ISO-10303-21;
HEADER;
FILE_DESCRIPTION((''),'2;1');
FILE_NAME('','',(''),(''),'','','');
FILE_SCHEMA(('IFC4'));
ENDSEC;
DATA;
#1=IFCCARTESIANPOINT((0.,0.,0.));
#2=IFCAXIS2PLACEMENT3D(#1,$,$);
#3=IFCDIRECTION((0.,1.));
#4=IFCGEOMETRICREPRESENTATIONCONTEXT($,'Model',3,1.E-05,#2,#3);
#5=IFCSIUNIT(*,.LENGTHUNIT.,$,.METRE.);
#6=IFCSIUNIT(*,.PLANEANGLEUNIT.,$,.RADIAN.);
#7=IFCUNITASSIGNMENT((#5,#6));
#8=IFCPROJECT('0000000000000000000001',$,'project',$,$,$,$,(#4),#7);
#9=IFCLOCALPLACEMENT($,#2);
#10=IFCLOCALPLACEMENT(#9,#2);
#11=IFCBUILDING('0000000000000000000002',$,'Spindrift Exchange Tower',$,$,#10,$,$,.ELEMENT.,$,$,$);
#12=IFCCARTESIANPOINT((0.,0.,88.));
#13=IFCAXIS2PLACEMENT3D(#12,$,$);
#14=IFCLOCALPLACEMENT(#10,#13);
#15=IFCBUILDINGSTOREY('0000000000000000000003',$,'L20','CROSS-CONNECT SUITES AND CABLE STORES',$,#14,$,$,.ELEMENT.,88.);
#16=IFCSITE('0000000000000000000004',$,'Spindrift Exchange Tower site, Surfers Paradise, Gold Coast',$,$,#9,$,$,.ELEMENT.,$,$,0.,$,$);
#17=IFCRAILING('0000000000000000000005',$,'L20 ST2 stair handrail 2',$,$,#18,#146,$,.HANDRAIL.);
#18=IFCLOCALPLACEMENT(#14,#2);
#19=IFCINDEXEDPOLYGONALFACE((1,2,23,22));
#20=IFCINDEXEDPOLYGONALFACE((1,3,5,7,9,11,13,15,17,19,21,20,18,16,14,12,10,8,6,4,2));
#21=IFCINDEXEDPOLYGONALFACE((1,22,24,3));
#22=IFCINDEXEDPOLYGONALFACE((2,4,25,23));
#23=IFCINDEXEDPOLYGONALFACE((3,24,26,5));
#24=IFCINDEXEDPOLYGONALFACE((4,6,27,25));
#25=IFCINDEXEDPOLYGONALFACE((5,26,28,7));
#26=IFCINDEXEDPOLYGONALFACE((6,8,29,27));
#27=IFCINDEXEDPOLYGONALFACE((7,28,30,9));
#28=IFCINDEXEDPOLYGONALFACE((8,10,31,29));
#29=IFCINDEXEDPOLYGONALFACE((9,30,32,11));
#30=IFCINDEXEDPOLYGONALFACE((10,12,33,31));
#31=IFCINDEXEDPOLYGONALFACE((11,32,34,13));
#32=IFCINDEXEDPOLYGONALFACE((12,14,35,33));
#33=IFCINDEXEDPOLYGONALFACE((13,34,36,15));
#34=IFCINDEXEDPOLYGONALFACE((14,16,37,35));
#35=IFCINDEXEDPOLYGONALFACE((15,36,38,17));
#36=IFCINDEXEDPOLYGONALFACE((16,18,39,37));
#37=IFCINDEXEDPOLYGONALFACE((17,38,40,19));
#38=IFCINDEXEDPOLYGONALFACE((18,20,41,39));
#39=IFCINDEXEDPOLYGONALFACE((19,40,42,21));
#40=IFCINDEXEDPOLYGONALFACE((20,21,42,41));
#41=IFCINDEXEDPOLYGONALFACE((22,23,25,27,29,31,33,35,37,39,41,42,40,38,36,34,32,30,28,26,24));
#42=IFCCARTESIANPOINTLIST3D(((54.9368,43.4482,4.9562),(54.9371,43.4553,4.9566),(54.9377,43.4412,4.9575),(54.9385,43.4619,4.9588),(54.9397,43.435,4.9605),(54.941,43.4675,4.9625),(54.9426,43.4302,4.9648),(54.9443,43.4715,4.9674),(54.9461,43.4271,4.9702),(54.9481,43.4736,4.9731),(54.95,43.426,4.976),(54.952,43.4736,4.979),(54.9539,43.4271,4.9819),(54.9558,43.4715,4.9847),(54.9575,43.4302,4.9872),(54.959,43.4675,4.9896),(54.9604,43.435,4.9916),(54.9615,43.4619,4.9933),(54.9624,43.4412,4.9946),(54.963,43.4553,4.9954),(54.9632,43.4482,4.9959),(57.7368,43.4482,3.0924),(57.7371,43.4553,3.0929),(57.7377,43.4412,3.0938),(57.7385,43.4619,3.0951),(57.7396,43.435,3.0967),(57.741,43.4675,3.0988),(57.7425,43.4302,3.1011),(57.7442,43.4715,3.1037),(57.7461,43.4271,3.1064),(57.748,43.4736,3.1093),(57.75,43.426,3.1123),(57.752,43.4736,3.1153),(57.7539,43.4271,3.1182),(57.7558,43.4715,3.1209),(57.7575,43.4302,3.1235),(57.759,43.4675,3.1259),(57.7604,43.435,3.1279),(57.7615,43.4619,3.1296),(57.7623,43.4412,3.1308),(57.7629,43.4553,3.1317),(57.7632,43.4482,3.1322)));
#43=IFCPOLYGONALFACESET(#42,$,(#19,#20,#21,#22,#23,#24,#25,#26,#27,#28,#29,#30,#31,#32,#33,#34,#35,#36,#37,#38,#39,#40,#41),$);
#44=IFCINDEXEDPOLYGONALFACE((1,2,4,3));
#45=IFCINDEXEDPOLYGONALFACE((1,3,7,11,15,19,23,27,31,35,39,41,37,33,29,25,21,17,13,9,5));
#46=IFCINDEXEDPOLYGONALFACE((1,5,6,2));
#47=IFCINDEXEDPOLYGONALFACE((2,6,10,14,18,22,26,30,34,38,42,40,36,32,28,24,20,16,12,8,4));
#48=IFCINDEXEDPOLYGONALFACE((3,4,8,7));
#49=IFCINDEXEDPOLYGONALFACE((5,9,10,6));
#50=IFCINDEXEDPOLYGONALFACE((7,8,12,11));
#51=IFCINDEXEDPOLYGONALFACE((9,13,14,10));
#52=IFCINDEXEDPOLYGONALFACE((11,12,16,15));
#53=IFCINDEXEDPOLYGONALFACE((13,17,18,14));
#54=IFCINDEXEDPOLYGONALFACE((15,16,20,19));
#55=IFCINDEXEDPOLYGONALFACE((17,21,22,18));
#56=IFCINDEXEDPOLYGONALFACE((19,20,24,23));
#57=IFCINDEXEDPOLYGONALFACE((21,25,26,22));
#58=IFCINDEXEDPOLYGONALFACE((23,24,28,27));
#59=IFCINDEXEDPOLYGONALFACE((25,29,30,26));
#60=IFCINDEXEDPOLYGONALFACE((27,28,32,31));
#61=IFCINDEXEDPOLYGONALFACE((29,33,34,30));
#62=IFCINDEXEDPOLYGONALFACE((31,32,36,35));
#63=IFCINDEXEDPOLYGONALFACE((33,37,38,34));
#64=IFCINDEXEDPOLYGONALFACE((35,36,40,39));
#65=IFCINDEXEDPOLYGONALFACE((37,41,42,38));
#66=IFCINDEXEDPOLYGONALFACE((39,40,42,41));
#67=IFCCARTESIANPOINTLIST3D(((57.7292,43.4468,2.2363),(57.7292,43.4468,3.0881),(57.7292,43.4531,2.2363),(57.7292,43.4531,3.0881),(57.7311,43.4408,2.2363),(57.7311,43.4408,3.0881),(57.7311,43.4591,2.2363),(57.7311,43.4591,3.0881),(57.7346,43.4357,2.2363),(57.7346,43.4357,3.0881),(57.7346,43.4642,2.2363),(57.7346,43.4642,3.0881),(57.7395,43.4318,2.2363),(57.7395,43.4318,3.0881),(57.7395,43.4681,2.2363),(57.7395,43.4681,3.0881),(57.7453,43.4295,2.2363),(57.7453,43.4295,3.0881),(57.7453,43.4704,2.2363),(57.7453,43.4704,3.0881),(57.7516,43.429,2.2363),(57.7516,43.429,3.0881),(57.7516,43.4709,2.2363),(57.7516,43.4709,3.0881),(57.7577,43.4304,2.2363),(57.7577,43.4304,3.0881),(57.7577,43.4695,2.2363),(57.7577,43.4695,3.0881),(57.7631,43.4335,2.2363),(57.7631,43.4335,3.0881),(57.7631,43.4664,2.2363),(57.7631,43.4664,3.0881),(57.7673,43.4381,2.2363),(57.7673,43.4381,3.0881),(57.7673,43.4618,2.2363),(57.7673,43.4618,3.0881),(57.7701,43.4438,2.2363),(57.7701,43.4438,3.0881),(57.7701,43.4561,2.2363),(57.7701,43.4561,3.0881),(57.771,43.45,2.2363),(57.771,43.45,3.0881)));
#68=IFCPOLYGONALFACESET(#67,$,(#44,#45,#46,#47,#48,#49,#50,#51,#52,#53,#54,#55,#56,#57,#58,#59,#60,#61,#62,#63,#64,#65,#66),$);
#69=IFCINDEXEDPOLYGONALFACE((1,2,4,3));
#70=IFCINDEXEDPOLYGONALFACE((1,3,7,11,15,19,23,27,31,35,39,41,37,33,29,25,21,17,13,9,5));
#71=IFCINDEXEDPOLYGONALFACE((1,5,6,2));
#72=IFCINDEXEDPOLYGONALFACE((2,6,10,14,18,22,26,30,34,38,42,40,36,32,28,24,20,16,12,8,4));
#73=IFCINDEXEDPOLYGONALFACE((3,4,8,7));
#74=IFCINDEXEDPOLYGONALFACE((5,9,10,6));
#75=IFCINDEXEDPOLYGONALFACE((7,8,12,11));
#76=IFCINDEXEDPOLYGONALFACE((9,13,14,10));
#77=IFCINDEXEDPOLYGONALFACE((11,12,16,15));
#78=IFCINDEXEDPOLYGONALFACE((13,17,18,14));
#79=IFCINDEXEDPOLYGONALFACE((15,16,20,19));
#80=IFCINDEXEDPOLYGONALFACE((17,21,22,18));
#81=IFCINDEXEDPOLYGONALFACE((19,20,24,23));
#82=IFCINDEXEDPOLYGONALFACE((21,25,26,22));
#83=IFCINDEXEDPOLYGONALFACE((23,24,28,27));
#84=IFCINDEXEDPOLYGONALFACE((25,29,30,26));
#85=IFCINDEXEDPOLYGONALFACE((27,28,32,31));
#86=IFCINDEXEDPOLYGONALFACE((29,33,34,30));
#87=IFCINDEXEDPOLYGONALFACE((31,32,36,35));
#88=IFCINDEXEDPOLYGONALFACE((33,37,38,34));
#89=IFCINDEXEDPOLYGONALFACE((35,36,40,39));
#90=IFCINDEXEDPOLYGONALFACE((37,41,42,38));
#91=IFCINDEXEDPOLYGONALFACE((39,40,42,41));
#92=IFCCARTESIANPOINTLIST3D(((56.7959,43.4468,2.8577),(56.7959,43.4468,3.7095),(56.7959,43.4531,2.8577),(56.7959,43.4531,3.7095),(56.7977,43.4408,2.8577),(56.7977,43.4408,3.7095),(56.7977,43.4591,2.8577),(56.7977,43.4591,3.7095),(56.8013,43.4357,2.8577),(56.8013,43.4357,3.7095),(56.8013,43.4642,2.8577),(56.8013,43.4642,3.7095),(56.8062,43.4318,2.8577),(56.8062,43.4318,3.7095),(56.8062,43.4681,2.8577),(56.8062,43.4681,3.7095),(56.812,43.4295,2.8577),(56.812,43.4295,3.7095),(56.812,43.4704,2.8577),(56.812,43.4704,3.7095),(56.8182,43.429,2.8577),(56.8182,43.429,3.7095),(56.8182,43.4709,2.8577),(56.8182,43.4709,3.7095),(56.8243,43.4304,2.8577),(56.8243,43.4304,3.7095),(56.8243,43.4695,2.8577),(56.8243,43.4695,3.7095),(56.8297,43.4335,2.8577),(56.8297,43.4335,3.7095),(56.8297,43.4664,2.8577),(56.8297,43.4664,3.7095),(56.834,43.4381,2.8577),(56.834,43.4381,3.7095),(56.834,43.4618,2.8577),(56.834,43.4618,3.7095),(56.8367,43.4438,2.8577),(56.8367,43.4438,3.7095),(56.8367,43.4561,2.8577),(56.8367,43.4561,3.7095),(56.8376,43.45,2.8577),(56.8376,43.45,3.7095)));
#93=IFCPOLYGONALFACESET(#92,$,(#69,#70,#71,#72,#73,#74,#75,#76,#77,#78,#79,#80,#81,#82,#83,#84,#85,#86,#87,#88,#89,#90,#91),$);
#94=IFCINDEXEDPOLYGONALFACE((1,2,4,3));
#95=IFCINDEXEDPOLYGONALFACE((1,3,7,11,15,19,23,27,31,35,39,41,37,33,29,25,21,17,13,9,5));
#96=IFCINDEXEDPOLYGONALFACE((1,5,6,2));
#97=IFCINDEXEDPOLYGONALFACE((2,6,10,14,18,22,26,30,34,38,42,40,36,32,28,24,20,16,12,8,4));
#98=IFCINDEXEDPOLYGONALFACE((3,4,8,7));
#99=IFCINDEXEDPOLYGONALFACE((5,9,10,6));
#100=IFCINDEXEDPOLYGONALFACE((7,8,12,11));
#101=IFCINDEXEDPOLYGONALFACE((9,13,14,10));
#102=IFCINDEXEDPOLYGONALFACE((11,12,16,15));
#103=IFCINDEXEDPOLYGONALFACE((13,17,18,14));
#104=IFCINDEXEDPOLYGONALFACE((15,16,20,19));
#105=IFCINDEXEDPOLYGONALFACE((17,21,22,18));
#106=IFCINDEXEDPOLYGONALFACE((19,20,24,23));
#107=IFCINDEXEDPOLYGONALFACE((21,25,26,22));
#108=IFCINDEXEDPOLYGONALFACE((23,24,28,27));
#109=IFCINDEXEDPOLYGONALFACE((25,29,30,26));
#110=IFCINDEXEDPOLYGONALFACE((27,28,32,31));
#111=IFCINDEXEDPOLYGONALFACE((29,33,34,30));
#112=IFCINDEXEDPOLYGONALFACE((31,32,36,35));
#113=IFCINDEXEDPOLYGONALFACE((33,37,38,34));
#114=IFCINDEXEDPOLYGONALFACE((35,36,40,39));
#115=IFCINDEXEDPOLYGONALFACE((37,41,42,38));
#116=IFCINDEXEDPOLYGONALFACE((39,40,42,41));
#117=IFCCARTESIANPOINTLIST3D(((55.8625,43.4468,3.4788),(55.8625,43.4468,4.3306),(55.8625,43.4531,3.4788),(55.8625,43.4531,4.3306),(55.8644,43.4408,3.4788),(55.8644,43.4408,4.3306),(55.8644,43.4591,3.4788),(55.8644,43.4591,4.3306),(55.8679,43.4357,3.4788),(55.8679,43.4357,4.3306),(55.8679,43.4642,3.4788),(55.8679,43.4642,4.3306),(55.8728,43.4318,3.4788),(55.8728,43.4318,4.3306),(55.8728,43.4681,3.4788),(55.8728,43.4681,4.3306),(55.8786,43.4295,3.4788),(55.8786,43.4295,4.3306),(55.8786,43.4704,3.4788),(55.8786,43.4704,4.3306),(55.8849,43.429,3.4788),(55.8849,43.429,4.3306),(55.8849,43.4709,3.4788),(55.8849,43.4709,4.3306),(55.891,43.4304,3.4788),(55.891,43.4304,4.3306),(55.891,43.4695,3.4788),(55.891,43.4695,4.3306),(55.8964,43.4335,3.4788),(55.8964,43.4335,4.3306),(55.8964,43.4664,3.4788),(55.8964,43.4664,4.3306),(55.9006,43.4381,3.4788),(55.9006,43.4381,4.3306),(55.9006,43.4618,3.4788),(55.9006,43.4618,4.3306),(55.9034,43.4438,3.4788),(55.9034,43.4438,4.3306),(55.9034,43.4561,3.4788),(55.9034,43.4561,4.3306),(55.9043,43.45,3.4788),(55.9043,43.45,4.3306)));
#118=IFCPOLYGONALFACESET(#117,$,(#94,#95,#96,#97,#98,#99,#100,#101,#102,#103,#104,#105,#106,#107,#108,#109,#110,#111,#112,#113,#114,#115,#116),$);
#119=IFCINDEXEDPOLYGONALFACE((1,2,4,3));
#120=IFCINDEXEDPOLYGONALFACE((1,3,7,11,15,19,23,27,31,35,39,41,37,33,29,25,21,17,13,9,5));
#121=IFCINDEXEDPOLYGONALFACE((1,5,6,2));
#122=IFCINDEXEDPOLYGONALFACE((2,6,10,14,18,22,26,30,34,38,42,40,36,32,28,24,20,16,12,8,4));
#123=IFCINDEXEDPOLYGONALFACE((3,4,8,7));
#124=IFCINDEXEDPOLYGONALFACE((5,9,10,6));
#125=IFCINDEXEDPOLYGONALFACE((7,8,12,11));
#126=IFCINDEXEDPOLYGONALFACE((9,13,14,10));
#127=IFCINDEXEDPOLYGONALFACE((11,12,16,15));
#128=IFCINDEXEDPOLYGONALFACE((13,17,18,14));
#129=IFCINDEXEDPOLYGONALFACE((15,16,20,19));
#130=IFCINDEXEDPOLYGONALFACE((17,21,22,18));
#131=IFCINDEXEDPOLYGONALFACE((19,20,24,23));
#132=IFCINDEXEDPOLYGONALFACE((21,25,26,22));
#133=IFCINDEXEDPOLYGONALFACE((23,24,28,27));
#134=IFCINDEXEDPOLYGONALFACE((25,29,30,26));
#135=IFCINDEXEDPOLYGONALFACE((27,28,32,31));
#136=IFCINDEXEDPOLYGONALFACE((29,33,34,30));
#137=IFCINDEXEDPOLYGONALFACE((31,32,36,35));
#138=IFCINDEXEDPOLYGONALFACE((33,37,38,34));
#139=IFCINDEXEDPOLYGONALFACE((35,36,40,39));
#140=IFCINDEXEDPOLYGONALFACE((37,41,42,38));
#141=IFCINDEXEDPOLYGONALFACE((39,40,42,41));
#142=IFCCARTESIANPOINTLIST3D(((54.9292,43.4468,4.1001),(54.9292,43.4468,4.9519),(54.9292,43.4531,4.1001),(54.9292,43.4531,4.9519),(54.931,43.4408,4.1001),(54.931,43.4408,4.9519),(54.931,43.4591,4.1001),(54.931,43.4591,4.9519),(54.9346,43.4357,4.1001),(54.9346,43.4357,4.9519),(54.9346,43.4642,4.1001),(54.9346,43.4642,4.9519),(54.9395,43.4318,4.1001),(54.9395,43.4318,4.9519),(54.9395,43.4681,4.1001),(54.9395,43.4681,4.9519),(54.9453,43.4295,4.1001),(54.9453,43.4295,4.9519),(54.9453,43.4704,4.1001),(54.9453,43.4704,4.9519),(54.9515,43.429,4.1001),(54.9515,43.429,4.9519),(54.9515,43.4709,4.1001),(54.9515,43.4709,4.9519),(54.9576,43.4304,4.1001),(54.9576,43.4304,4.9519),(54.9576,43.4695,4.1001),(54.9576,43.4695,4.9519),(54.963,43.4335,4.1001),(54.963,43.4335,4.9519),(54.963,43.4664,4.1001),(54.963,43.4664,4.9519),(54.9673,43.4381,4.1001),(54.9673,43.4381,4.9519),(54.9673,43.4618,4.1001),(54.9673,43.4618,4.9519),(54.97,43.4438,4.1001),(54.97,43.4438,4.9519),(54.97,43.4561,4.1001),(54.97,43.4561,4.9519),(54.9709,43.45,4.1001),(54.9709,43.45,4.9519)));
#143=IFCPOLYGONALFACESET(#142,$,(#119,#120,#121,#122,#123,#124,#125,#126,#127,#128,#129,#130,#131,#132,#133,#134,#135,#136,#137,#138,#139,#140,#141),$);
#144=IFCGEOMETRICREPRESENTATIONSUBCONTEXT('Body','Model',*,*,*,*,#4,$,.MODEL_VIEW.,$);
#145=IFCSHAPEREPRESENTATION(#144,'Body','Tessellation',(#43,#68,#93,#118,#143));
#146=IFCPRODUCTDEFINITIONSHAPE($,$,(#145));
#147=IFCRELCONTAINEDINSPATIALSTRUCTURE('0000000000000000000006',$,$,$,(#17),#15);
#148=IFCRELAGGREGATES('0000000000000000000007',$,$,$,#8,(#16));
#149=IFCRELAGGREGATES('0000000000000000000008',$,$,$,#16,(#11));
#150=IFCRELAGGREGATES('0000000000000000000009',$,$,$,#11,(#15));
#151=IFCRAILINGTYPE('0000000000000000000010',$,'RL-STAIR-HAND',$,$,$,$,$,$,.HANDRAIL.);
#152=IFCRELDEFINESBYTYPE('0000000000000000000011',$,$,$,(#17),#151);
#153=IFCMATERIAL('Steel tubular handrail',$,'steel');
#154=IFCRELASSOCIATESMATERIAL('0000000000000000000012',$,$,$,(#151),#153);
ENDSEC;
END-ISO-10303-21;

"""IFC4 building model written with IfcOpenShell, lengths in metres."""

from ifc_helpers import new_model, si_unit, direction, frame, origin, origin_2d, place, context, subcontext, project, spatial, circle, extrude, material, type_object, element, save


model = new_model("IFC4")

# Units and contexts
model_context = context("Model", 3, precision=1e-05, world=origin(), true_north=direction((0.0, 1.0)))
body_context = subcontext(model_context, "Body", "Model", "MODEL_VIEW")
ifc_project = project(units=[si_unit("LENGTHUNIT", "METRE"), si_unit("PLANEANGLEUNIT", "RADIAN")], contexts=[model_context])

# Site, building, storey
site_placement = place(None, origin())
site = spatial("IfcSite", under=ifc_project, at=site_placement, Name="Spindrift Exchange Tower site, Surfers Paradise, Gold Coast", CompositionType="ELEMENT", RefElevation=0.0)
building_placement = place(site_placement, origin())
building = spatial("IfcBuilding", under=site, at=building_placement, Name="Spindrift Exchange Tower", CompositionType="ELEMENT")
storey_placement = place(building_placement, frame((0.0, 0.0, 88.0)))
storey = spatial("IfcBuildingStorey", under=building, at=storey_placement, Name="L20", Description="CROSS-CONNECT SUITES AND CABLE STORES", CompositionType="ELEMENT", Elevation=88.0)

# Railing
ifc_material_1 = material(Name="Steel tubular handrail", Category="steel")
railing_type_1 = type_object("IfcRailingType", Name="RL-STAIR-HAND", PredefinedType="HANDRAIL", material=ifc_material_1)
railing_1_placement = place(storey_placement, frame((57.75, 43.45, 2.2363)))
element("IfcRailing", 1, at=railing_1_placement, inside=storey, type_object=railing_type_1, Name="L20 ST2 stair handrail 2", PredefinedType="HANDRAIL", context=body_context, shape_type="SweptSolid", body=[
    extrude(circle(Radius=0.0239, at=origin_2d()), frame((0.0, 0.0, 0.876), z_axis=(-0.832452, 0.0, 0.554097), x_axis=(0.0, -1.0, 0.0)), (0.0, 0.0, 1.0), 3.3635),
    extrude(circle(Radius=0.021, at=origin_2d()), origin(), (0.0, 0.0, 1.0), 0.8518),
    extrude(circle(Radius=0.021, at=origin_2d()), frame((-0.9333, 0.0, 0.6213)), (0.0, 0.0, 1.0), 0.8518),
    extrude(circle(Radius=0.021, at=origin_2d()), frame((-1.8667, 0.0, 1.2424)), (0.0, 0.0, 1.0), 0.8518),
    extrude(circle(Radius=0.021, at=origin_2d()), frame((-2.8, 0.0, 1.8638)), (0.0, 0.0, 1.0), 0.8518),
])

save(model, "model.ifc")
